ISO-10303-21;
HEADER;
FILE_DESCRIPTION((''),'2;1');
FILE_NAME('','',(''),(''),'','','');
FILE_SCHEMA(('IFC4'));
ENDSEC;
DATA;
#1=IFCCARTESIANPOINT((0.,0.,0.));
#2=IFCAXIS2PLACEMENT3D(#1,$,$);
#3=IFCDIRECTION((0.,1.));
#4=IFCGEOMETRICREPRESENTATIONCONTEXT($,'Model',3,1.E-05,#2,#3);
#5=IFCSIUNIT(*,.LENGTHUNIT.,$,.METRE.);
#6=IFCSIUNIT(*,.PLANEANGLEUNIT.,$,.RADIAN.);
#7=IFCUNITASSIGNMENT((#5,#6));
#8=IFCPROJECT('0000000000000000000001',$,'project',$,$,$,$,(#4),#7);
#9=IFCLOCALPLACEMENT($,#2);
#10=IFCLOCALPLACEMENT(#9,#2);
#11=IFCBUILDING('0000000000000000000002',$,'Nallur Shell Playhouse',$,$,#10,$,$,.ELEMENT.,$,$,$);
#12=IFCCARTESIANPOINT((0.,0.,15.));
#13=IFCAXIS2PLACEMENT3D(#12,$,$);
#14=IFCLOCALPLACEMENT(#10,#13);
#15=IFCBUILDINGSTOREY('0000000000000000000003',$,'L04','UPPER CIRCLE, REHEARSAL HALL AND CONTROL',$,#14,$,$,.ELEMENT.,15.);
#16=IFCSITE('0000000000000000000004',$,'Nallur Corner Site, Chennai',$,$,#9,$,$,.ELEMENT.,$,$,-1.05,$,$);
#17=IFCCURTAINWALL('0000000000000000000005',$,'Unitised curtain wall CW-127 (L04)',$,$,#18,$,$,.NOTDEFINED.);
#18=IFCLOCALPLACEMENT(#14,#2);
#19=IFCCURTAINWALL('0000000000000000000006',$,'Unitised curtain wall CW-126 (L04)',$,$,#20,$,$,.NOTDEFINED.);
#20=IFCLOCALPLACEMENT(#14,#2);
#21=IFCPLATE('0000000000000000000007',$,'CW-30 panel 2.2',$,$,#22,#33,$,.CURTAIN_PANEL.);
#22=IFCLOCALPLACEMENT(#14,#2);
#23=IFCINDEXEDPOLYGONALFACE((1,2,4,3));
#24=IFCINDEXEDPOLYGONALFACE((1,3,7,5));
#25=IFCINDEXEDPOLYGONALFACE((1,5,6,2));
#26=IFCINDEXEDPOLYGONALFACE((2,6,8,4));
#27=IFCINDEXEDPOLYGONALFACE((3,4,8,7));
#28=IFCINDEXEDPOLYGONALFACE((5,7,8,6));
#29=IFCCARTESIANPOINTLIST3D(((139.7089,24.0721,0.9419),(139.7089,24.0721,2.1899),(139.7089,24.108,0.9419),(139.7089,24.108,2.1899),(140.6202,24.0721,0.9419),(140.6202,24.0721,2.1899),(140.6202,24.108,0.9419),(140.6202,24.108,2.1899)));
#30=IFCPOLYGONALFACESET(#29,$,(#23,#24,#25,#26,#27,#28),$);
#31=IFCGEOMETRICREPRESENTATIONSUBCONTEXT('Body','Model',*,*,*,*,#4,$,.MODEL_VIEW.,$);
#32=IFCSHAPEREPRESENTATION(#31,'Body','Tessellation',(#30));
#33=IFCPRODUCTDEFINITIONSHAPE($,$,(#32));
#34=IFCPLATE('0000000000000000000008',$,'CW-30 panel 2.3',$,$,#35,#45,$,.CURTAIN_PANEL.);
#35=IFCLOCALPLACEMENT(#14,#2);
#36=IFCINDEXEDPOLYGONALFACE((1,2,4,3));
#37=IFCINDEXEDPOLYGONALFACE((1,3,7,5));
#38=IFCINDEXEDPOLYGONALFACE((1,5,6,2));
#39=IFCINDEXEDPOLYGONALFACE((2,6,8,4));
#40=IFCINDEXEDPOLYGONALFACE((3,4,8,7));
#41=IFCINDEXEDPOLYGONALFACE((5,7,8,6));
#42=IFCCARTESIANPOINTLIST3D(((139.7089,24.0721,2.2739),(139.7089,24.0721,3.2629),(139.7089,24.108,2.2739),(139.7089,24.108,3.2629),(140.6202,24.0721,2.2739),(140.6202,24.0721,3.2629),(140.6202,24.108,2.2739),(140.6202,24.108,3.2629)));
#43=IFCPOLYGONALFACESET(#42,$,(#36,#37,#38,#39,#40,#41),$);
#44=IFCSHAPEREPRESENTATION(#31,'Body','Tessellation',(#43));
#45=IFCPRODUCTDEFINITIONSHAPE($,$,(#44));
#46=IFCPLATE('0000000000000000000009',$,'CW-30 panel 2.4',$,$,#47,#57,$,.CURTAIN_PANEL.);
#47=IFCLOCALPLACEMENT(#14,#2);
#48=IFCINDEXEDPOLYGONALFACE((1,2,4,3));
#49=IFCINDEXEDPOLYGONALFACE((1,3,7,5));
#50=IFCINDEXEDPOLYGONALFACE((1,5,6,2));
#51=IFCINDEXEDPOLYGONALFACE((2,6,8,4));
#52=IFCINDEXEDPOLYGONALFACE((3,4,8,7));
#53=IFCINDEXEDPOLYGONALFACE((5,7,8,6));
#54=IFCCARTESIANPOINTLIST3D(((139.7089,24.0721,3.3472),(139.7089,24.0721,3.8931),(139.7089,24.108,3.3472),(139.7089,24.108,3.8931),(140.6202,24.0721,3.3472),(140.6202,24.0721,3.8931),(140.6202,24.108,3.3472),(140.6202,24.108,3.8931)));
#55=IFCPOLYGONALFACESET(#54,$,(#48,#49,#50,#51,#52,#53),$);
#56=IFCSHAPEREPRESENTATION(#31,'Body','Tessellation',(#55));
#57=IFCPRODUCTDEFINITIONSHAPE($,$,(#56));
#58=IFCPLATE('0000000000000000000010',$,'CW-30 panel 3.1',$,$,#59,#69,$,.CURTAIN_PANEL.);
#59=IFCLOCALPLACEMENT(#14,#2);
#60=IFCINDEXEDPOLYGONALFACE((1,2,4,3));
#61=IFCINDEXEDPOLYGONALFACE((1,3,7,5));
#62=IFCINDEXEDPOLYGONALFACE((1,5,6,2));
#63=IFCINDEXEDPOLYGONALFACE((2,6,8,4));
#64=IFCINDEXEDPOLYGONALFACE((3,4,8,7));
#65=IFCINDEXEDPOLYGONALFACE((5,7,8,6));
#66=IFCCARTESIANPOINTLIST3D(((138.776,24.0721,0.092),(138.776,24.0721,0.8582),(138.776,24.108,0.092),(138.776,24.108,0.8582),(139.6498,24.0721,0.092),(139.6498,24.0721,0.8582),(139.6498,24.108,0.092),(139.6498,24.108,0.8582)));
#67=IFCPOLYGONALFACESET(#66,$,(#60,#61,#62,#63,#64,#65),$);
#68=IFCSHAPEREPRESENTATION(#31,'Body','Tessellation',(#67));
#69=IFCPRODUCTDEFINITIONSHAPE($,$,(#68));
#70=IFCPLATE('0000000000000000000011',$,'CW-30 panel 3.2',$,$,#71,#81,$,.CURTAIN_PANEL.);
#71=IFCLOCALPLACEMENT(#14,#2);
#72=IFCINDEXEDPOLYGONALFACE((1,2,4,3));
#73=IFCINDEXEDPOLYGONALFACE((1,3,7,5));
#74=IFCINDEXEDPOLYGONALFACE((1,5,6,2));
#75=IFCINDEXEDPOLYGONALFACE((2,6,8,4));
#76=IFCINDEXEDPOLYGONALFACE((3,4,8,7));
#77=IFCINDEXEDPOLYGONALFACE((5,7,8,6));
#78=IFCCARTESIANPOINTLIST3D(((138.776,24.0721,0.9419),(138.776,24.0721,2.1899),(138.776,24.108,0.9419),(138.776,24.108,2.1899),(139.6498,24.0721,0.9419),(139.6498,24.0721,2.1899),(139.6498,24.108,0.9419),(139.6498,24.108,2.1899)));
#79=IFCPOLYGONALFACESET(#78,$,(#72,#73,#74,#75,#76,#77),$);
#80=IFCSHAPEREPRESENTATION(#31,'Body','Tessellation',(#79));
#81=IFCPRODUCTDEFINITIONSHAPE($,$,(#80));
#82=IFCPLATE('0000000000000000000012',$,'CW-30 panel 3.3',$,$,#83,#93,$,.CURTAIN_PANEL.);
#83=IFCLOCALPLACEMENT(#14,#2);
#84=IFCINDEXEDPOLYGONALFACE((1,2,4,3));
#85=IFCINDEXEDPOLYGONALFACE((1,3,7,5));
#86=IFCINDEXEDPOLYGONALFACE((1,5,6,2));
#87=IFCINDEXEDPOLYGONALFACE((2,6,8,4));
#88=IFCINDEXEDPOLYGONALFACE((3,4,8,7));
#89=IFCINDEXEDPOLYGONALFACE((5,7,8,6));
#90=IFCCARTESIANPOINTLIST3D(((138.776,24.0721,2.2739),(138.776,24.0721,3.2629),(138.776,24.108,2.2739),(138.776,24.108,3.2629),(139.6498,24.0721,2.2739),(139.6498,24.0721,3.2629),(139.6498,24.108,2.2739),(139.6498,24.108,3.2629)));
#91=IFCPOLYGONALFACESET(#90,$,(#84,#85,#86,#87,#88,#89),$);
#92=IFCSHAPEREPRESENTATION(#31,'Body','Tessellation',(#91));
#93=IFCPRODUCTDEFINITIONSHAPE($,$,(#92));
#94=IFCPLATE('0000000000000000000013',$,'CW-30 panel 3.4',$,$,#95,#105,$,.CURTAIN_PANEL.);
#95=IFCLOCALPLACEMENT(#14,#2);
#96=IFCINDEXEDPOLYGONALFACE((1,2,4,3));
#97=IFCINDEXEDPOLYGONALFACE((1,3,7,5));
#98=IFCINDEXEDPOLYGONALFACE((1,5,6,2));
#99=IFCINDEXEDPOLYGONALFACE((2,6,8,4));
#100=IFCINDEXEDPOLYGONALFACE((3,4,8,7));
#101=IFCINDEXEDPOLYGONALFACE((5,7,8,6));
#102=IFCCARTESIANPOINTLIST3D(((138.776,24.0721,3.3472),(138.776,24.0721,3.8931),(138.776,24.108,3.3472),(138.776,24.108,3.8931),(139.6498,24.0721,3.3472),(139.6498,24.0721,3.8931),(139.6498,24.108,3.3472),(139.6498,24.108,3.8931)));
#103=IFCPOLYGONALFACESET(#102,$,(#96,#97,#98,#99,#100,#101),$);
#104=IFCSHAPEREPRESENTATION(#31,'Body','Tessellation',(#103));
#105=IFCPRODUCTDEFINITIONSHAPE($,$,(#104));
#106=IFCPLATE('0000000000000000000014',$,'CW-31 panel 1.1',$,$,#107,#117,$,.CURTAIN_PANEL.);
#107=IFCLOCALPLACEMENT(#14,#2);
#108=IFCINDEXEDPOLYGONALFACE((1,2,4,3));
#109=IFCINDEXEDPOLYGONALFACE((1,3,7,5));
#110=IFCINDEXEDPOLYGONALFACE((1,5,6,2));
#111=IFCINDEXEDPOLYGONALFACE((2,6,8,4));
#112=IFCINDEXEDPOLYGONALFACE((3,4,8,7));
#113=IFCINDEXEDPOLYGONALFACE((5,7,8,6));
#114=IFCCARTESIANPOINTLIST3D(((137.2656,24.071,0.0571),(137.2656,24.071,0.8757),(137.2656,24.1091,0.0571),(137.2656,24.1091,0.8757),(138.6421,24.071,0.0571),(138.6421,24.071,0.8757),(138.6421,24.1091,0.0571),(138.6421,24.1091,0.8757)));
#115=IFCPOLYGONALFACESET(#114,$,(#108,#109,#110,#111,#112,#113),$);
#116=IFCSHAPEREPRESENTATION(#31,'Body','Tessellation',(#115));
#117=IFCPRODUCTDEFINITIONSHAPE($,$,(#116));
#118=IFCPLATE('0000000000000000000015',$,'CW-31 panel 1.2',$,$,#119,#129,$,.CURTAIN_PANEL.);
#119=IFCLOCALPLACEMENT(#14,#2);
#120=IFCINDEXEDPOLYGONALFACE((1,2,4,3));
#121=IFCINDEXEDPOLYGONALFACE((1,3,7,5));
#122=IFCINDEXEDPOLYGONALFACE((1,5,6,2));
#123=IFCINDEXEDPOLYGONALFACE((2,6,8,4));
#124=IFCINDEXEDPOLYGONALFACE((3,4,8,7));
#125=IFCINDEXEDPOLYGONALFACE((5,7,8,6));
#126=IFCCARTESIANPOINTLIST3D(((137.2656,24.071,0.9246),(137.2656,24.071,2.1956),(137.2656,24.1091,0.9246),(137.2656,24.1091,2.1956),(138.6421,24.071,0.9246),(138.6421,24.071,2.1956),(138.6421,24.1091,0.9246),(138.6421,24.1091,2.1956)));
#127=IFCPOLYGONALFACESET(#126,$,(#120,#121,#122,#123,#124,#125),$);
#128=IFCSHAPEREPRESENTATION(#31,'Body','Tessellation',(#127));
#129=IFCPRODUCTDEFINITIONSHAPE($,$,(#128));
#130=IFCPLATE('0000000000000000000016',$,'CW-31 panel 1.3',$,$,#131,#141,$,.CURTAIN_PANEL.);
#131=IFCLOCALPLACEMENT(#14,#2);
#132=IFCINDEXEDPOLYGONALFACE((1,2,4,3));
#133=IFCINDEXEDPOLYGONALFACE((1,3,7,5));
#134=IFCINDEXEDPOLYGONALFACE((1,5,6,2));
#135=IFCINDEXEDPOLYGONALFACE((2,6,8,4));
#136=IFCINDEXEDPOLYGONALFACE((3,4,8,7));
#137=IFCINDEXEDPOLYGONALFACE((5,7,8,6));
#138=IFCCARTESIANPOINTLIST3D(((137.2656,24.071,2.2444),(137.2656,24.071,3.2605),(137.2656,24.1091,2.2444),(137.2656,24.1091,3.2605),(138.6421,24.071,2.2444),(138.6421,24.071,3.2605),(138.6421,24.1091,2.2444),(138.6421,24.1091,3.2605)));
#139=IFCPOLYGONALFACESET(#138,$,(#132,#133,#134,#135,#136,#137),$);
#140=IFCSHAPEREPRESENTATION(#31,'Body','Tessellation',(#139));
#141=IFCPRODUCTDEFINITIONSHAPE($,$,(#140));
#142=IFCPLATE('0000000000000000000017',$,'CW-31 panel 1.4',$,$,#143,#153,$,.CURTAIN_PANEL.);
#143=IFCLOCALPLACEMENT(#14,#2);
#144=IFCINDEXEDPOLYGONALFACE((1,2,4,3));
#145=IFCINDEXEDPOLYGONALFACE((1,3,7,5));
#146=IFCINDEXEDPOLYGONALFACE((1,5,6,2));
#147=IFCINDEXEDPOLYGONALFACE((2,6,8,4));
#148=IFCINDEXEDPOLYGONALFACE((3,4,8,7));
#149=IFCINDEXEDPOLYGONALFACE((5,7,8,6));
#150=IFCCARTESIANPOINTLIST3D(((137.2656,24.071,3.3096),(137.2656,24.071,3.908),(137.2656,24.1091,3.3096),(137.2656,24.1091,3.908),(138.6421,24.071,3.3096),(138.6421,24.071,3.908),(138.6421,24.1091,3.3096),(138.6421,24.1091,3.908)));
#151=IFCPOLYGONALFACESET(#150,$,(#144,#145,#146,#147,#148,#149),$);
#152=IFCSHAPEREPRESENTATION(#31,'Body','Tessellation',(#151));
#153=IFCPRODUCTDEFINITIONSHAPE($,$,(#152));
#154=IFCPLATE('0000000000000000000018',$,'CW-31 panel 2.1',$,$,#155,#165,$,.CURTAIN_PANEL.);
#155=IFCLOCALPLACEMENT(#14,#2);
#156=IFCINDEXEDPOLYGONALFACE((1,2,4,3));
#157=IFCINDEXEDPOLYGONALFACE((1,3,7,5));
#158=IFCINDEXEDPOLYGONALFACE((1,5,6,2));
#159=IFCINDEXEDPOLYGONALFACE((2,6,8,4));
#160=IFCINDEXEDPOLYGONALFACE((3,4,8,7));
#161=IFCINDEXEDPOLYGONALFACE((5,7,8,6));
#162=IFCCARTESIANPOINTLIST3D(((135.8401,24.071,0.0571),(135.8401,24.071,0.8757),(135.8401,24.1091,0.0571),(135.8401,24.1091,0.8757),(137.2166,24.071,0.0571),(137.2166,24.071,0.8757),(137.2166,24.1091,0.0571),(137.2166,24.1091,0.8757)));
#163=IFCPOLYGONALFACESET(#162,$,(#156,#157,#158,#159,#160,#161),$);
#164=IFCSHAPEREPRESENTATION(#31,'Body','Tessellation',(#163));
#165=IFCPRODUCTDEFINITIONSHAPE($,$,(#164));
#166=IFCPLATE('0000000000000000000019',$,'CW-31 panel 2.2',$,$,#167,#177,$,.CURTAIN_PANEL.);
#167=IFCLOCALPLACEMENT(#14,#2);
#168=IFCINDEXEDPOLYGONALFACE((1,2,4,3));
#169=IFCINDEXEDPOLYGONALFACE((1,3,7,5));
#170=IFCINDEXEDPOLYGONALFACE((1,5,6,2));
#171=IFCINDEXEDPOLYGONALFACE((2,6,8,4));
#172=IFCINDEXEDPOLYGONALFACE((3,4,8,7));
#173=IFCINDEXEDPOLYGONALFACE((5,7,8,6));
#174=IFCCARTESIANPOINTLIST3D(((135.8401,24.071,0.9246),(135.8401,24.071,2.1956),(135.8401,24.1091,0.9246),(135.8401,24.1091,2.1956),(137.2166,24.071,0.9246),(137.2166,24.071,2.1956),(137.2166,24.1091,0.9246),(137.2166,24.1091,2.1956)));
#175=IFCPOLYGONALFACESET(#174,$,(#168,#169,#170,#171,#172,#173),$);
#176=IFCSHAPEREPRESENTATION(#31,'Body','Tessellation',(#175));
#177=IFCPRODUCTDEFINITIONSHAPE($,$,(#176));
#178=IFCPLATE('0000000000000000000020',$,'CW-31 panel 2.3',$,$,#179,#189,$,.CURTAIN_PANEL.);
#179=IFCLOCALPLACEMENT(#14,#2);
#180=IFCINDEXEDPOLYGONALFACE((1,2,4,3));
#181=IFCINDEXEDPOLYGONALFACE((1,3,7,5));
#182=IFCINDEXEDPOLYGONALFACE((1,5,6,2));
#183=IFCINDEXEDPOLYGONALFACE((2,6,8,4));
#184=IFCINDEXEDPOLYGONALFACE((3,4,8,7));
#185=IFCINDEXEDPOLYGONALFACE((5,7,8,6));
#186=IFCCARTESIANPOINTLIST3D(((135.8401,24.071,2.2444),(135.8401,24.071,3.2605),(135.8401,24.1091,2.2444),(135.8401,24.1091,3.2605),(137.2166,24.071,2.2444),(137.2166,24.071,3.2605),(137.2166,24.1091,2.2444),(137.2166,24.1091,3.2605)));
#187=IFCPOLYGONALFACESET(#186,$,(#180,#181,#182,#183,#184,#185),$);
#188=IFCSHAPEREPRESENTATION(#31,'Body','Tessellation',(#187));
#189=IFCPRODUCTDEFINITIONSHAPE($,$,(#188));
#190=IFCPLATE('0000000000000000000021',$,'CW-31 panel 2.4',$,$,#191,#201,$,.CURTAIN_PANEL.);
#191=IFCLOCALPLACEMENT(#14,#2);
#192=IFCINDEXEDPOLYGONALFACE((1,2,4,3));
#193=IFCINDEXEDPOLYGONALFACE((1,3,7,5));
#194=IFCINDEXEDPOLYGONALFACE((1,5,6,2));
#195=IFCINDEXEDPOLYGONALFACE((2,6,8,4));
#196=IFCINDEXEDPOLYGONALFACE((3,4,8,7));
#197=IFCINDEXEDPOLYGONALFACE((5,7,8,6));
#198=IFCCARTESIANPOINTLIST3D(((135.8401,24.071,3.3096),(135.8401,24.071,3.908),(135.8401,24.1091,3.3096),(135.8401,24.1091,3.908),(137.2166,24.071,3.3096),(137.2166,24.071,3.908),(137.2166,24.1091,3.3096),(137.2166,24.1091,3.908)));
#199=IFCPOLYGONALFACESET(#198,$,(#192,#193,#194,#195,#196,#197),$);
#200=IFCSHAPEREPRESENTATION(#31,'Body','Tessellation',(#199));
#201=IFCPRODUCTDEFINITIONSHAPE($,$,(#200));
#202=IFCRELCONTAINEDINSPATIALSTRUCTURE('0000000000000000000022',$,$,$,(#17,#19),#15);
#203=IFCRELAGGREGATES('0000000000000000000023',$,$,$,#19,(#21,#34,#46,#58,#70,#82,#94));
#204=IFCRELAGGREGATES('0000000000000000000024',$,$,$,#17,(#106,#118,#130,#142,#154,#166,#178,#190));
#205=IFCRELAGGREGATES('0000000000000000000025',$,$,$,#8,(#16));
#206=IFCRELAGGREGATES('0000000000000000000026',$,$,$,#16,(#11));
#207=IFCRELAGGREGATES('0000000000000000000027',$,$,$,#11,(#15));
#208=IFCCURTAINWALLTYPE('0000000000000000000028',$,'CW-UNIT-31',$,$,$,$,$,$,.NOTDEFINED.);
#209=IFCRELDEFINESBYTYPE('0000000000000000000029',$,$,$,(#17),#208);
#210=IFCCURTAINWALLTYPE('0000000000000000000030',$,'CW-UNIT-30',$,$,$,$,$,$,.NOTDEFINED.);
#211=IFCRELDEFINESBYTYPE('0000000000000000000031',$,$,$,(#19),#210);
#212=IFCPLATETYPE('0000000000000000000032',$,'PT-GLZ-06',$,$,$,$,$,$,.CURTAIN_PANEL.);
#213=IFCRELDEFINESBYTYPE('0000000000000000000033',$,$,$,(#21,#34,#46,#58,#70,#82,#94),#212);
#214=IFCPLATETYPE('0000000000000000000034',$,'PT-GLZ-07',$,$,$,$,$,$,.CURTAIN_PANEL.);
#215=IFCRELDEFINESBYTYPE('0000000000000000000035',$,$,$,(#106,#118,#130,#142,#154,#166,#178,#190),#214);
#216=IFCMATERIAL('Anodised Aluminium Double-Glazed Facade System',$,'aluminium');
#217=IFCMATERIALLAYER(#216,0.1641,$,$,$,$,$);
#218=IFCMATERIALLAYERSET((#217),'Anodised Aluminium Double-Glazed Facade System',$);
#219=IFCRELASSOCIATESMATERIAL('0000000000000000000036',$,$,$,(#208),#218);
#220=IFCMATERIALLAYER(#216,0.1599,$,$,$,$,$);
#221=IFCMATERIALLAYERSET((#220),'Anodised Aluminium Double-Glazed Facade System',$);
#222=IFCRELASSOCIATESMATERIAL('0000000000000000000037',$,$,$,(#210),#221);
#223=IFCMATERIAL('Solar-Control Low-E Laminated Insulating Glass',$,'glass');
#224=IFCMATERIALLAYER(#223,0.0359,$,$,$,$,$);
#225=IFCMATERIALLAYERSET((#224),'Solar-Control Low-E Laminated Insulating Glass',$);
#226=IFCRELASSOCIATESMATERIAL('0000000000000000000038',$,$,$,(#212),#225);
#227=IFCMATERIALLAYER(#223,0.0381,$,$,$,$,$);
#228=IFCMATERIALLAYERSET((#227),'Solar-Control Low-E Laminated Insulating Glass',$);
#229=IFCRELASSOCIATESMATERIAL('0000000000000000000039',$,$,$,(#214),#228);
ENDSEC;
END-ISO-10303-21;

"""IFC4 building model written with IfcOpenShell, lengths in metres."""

from ifc_helpers import new_model, si_unit, direction, frame, origin, origin_2d, place, context, subcontext, project, spatial, rectangle, extrude, material, layer, layer_set, type_object, element, aggregate, save


model = new_model("IFC4")

# Units and contexts
model_context = context("Model", 3, precision=1e-05, world=origin(), true_north=direction((0.0, 1.0)))
body_context = subcontext(model_context, "Body", "Model", "MODEL_VIEW")
ifc_project = project(units=[si_unit("LENGTHUNIT", "METRE"), si_unit("PLANEANGLEUNIT", "RADIAN")], contexts=[model_context])

# Site, building, storey
site_placement = place(None, origin())
site = spatial("IfcSite", under=ifc_project, at=site_placement, Name="Nallur Corner Site, Chennai", CompositionType="ELEMENT", RefElevation=-1.05)
building_placement = place(site_placement, origin())
building = spatial("IfcBuilding", under=site, at=building_placement, Name="Nallur Shell Playhouse", CompositionType="ELEMENT")
storey_placement = place(building_placement, frame((0.0, 0.0, 15.0)))
storey = spatial("IfcBuildingStorey", under=building, at=storey_placement, Name="L04", Description="UPPER CIRCLE, REHEARSAL HALL AND CONTROL", CompositionType="ELEMENT", Elevation=15.0)

# Curtain walls
ifc_material_1 = material(Name="Anodised Aluminium Double-Glazed Facade System", Category="aluminium")
ifc_layer_1 = layer(ifc_material_1, 0.1641)
ifc_layer_set_1 = layer_set([ifc_layer_1], Name="Anodised Aluminium Double-Glazed Facade System")
curtain_wall_type_1 = type_object("IfcCurtainWallType", Name="CW-UNIT-31", PredefinedType="NOTDEFINED", material=ifc_layer_set_1)
curtain_wall_1_placement = place(storey_placement, origin())
curtain_wall_1 = element("IfcCurtainWall", 1, at=curtain_wall_1_placement, inside=storey, type_object=curtain_wall_type_1, Name="Unitised curtain wall CW-127 (L04)", PredefinedType="NOTDEFINED")
ifc_layer_2 = layer(ifc_material_1, 0.1599)
ifc_layer_set_2 = layer_set([ifc_layer_2], Name="Anodised Aluminium Double-Glazed Facade System")
curtain_wall_type_2 = type_object("IfcCurtainWallType", Name="CW-UNIT-30", PredefinedType="NOTDEFINED", material=ifc_layer_set_2)
curtain_wall_2_placement = place(storey_placement, origin())
curtain_wall_2 = element("IfcCurtainWall", 2, at=curtain_wall_2_placement, inside=storey, type_object=curtain_wall_type_2, Name="Unitised curtain wall CW-126 (L04)", PredefinedType="NOTDEFINED")

# Plates
ifc_material_2 = material(Name="Solar-Control Low-E Laminated Insulating Glass", Category="glass")
ifc_layer_3 = layer(ifc_material_2, 0.0359)
ifc_layer_set_3 = layer_set([ifc_layer_3], Name="Solar-Control Low-E Laminated Insulating Glass")
plate_type_1 = type_object("IfcPlateType", Name="PT-GLZ-06", PredefinedType="CURTAIN_PANEL", material=ifc_layer_set_3)
plate_1_placement = place(storey_placement, frame((140.1646, 24.0901, 0.9419), z_axis=(0.0, 0.0, 1.0), x_axis=(-1.0, 0.0, 0.0)))
plate_1 = element("IfcPlate", 3, at=plate_1_placement, type_object=plate_type_1, Name="CW-30 panel 2.2", PredefinedType="CURTAIN_PANEL", context=body_context, shape_type="SweptSolid", body=[
    extrude(rectangle(XDim=0.9114, YDim=0.0359, at=origin_2d()), origin(), (0.0, 0.0, 1.0), 1.248),
])
plate_2_placement = place(storey_placement, frame((140.1646, 24.0901, 2.2739), z_axis=(0.0, 0.0, 1.0), x_axis=(-1.0, 0.0, 0.0)))
plate_2 = element("IfcPlate", 4, at=plate_2_placement, type_object=plate_type_1, Name="CW-30 panel 2.3", PredefinedType="CURTAIN_PANEL", context=body_context, shape_type="SweptSolid", body=[
    extrude(rectangle(XDim=0.9114, YDim=0.0359, at=origin_2d()), origin(), (0.0, 0.0, 1.0), 0.989),
])
plate_3_placement = place(storey_placement, frame((140.1646, 24.0901, 3.3472), z_axis=(0.0, 0.0, 1.0), x_axis=(-1.0, 0.0, 0.0)))
plate_3 = element("IfcPlate", 5, at=plate_3_placement, type_object=plate_type_1, Name="CW-30 panel 2.4", PredefinedType="CURTAIN_PANEL", context=body_context, shape_type="SweptSolid", body=[
    extrude(rectangle(XDim=0.9114, YDim=0.0359, at=origin_2d()), origin(), (0.0, 0.0, 1.0), 0.5459),
])
plate_4_placement = place(storey_placement, frame((139.2129, 24.0901, 0.092), z_axis=(0.0, 0.0, 1.0), x_axis=(-1.0, 0.0, 0.0)))
plate_4 = element("IfcPlate", 6, at=plate_4_placement, type_object=plate_type_1, Name="CW-30 panel 3.1", PredefinedType="CURTAIN_PANEL", context=body_context, shape_type="SweptSolid", body=[
    extrude(rectangle(XDim=0.8738, YDim=0.0359, at=origin_2d()), origin(), (0.0, 0.0, 1.0), 0.7661),
])
plate_5_placement = place(storey_placement, frame((139.2129, 24.0901, 0.9419), z_axis=(0.0, 0.0, 1.0), x_axis=(-1.0, 0.0, 0.0)))
plate_5 = element("IfcPlate", 7, at=plate_5_placement, type_object=plate_type_1, Name="CW-30 panel 3.2", PredefinedType="CURTAIN_PANEL", context=body_context, shape_type="SweptSolid", body=[
    extrude(rectangle(XDim=0.8738, YDim=0.0359, at=origin_2d()), origin(), (0.0, 0.0, 1.0), 1.248),
])
plate_6_placement = place(storey_placement, frame((139.2129, 24.0901, 2.2739), z_axis=(0.0, 0.0, 1.0), x_axis=(-1.0, 0.0, 0.0)))
plate_6 = element("IfcPlate", 8, at=plate_6_placement, type_object=plate_type_1, Name="CW-30 panel 3.3", PredefinedType="CURTAIN_PANEL", context=body_context, shape_type="SweptSolid", body=[
    extrude(rectangle(XDim=0.8738, YDim=0.0359, at=origin_2d()), origin(), (0.0, 0.0, 1.0), 0.989),
])
plate_7_placement = place(storey_placement, frame((139.2129, 24.0901, 3.3472), z_axis=(0.0, 0.0, 1.0), x_axis=(-1.0, 0.0, 0.0)))
plate_7 = element("IfcPlate", 9, at=plate_7_placement, type_object=plate_type_1, Name="CW-30 panel 3.4", PredefinedType="CURTAIN_PANEL", context=body_context, shape_type="SweptSolid", body=[
    extrude(rectangle(XDim=0.8738, YDim=0.0359, at=origin_2d()), origin(), (0.0, 0.0, 1.0), 0.5459),
])
aggregate(curtain_wall_2, [plate_1, plate_2, plate_3, plate_4, plate_5, plate_6, plate_7])
ifc_layer_4 = layer(ifc_material_2, 0.0381)
ifc_layer_set_4 = layer_set([ifc_layer_4], Name="Solar-Control Low-E Laminated Insulating Glass")
plate_type_2 = type_object("IfcPlateType", Name="PT-GLZ-07", PredefinedType="CURTAIN_PANEL", material=ifc_layer_set_4)
plate_8_placement = place(storey_placement, frame((137.9539, 24.0901, 0.0571), z_axis=(0.0, 0.0, 1.0), x_axis=(-1.0, 0.0, 0.0)))
plate_8 = element("IfcPlate", 10, at=plate_8_placement, type_object=plate_type_2, Name="CW-31 panel 1.1", PredefinedType="CURTAIN_PANEL", context=body_context, shape_type="SweptSolid", body=[
    extrude(rectangle(XDim=1.3765, YDim=0.0381, at=origin_2d()), origin(), (0.0, 0.0, 1.0), 0.8186),
])
plate_9_placement = place(storey_placement, frame((137.9539, 24.0901, 0.9246), z_axis=(0.0, 0.0, 1.0), x_axis=(-1.0, 0.0, 0.0)))
plate_9 = element("IfcPlate", 11, at=plate_9_placement, type_object=plate_type_2, Name="CW-31 panel 1.2", PredefinedType="CURTAIN_PANEL", context=body_context, shape_type="SweptSolid", body=[
    extrude(rectangle(XDim=1.3765, YDim=0.0381, at=origin_2d()), origin(), (0.0, 0.0, 1.0), 1.271),
])
plate_10_placement = place(storey_placement, frame((137.9539, 24.0901, 2.2444), z_axis=(0.0, 0.0, 1.0), x_axis=(-1.0, 0.0, 0.0)))
plate_10 = element("IfcPlate", 12, at=plate_10_placement, type_object=plate_type_2, Name="CW-31 panel 1.3", PredefinedType="CURTAIN_PANEL", context=body_context, shape_type="SweptSolid", body=[
    extrude(rectangle(XDim=1.3765, YDim=0.0381, at=origin_2d()), origin(), (0.0, 0.0, 1.0), 1.0161),
])
plate_11_placement = place(storey_placement, frame((137.9539, 24.0901, 3.3096), z_axis=(0.0, 0.0, 1.0), x_axis=(-1.0, 0.0, 0.0)))
plate_11 = element("IfcPlate", 13, at=plate_11_placement, type_object=plate_type_2, Name="CW-31 panel 1.4", PredefinedType="CURTAIN_PANEL", context=body_context, shape_type="SweptSolid", body=[
    extrude(rectangle(XDim=1.3765, YDim=0.0381, at=origin_2d()), origin(), (0.0, 0.0, 1.0), 0.5984),
])
plate_12_placement = place(storey_placement, frame((136.5283, 24.0901, 0.0571), z_axis=(0.0, 0.0, 1.0), x_axis=(-1.0, 0.0, 0.0)))
plate_12 = element("IfcPlate", 14, at=plate_12_placement, type_object=plate_type_2, Name="CW-31 panel 2.1", PredefinedType="CURTAIN_PANEL", context=body_context, shape_type="SweptSolid", body=[
    extrude(rectangle(XDim=1.3765, YDim=0.0381, at=origin_2d()), origin(), (0.0, 0.0, 1.0), 0.8186),
])
plate_13_placement = place(storey_placement, frame((136.5283, 24.0901, 0.9246), z_axis=(0.0, 0.0, 1.0), x_axis=(-1.0, 0.0, 0.0)))
plate_13 = element("IfcPlate", 15, at=plate_13_placement, type_object=plate_type_2, Name="CW-31 panel 2.2", PredefinedType="CURTAIN_PANEL", context=body_context, shape_type="SweptSolid", body=[
    extrude(rectangle(XDim=1.3765, YDim=0.0381, at=origin_2d()), origin(), (0.0, 0.0, 1.0), 1.271),
])
plate_14_placement = place(storey_placement, frame((136.5283, 24.0901, 2.2444), z_axis=(0.0, 0.0, 1.0), x_axis=(-1.0, 0.0, 0.0)))
plate_14 = element("IfcPlate", 16, at=plate_14_placement, type_object=plate_type_2, Name="CW-31 panel 2.3", PredefinedType="CURTAIN_PANEL", context=body_context, shape_type="SweptSolid", body=[
    extrude(rectangle(XDim=1.3765, YDim=0.0381, at=origin_2d()), origin(), (0.0, 0.0, 1.0), 1.0161),
])
plate_15_placement = place(storey_placement, frame((136.5283, 24.0901, 3.3096), z_axis=(0.0, 0.0, 1.0), x_axis=(-1.0, 0.0, 0.0)))
plate_15 = element("IfcPlate", 17, at=plate_15_placement, type_object=plate_type_2, Name="CW-31 panel 2.4", PredefinedType="CURTAIN_PANEL", context=body_context, shape_type="SweptSolid", body=[
    extrude(rectangle(XDim=1.3765, YDim=0.0381, at=origin_2d()), origin(), (0.0, 0.0, 1.0), 0.5984),
])
aggregate(curtain_wall_1, [plate_8, plate_9, plate_10, plate_11, plate_12, plate_13, plate_14, plate_15])

save(model, "model.ifc")
